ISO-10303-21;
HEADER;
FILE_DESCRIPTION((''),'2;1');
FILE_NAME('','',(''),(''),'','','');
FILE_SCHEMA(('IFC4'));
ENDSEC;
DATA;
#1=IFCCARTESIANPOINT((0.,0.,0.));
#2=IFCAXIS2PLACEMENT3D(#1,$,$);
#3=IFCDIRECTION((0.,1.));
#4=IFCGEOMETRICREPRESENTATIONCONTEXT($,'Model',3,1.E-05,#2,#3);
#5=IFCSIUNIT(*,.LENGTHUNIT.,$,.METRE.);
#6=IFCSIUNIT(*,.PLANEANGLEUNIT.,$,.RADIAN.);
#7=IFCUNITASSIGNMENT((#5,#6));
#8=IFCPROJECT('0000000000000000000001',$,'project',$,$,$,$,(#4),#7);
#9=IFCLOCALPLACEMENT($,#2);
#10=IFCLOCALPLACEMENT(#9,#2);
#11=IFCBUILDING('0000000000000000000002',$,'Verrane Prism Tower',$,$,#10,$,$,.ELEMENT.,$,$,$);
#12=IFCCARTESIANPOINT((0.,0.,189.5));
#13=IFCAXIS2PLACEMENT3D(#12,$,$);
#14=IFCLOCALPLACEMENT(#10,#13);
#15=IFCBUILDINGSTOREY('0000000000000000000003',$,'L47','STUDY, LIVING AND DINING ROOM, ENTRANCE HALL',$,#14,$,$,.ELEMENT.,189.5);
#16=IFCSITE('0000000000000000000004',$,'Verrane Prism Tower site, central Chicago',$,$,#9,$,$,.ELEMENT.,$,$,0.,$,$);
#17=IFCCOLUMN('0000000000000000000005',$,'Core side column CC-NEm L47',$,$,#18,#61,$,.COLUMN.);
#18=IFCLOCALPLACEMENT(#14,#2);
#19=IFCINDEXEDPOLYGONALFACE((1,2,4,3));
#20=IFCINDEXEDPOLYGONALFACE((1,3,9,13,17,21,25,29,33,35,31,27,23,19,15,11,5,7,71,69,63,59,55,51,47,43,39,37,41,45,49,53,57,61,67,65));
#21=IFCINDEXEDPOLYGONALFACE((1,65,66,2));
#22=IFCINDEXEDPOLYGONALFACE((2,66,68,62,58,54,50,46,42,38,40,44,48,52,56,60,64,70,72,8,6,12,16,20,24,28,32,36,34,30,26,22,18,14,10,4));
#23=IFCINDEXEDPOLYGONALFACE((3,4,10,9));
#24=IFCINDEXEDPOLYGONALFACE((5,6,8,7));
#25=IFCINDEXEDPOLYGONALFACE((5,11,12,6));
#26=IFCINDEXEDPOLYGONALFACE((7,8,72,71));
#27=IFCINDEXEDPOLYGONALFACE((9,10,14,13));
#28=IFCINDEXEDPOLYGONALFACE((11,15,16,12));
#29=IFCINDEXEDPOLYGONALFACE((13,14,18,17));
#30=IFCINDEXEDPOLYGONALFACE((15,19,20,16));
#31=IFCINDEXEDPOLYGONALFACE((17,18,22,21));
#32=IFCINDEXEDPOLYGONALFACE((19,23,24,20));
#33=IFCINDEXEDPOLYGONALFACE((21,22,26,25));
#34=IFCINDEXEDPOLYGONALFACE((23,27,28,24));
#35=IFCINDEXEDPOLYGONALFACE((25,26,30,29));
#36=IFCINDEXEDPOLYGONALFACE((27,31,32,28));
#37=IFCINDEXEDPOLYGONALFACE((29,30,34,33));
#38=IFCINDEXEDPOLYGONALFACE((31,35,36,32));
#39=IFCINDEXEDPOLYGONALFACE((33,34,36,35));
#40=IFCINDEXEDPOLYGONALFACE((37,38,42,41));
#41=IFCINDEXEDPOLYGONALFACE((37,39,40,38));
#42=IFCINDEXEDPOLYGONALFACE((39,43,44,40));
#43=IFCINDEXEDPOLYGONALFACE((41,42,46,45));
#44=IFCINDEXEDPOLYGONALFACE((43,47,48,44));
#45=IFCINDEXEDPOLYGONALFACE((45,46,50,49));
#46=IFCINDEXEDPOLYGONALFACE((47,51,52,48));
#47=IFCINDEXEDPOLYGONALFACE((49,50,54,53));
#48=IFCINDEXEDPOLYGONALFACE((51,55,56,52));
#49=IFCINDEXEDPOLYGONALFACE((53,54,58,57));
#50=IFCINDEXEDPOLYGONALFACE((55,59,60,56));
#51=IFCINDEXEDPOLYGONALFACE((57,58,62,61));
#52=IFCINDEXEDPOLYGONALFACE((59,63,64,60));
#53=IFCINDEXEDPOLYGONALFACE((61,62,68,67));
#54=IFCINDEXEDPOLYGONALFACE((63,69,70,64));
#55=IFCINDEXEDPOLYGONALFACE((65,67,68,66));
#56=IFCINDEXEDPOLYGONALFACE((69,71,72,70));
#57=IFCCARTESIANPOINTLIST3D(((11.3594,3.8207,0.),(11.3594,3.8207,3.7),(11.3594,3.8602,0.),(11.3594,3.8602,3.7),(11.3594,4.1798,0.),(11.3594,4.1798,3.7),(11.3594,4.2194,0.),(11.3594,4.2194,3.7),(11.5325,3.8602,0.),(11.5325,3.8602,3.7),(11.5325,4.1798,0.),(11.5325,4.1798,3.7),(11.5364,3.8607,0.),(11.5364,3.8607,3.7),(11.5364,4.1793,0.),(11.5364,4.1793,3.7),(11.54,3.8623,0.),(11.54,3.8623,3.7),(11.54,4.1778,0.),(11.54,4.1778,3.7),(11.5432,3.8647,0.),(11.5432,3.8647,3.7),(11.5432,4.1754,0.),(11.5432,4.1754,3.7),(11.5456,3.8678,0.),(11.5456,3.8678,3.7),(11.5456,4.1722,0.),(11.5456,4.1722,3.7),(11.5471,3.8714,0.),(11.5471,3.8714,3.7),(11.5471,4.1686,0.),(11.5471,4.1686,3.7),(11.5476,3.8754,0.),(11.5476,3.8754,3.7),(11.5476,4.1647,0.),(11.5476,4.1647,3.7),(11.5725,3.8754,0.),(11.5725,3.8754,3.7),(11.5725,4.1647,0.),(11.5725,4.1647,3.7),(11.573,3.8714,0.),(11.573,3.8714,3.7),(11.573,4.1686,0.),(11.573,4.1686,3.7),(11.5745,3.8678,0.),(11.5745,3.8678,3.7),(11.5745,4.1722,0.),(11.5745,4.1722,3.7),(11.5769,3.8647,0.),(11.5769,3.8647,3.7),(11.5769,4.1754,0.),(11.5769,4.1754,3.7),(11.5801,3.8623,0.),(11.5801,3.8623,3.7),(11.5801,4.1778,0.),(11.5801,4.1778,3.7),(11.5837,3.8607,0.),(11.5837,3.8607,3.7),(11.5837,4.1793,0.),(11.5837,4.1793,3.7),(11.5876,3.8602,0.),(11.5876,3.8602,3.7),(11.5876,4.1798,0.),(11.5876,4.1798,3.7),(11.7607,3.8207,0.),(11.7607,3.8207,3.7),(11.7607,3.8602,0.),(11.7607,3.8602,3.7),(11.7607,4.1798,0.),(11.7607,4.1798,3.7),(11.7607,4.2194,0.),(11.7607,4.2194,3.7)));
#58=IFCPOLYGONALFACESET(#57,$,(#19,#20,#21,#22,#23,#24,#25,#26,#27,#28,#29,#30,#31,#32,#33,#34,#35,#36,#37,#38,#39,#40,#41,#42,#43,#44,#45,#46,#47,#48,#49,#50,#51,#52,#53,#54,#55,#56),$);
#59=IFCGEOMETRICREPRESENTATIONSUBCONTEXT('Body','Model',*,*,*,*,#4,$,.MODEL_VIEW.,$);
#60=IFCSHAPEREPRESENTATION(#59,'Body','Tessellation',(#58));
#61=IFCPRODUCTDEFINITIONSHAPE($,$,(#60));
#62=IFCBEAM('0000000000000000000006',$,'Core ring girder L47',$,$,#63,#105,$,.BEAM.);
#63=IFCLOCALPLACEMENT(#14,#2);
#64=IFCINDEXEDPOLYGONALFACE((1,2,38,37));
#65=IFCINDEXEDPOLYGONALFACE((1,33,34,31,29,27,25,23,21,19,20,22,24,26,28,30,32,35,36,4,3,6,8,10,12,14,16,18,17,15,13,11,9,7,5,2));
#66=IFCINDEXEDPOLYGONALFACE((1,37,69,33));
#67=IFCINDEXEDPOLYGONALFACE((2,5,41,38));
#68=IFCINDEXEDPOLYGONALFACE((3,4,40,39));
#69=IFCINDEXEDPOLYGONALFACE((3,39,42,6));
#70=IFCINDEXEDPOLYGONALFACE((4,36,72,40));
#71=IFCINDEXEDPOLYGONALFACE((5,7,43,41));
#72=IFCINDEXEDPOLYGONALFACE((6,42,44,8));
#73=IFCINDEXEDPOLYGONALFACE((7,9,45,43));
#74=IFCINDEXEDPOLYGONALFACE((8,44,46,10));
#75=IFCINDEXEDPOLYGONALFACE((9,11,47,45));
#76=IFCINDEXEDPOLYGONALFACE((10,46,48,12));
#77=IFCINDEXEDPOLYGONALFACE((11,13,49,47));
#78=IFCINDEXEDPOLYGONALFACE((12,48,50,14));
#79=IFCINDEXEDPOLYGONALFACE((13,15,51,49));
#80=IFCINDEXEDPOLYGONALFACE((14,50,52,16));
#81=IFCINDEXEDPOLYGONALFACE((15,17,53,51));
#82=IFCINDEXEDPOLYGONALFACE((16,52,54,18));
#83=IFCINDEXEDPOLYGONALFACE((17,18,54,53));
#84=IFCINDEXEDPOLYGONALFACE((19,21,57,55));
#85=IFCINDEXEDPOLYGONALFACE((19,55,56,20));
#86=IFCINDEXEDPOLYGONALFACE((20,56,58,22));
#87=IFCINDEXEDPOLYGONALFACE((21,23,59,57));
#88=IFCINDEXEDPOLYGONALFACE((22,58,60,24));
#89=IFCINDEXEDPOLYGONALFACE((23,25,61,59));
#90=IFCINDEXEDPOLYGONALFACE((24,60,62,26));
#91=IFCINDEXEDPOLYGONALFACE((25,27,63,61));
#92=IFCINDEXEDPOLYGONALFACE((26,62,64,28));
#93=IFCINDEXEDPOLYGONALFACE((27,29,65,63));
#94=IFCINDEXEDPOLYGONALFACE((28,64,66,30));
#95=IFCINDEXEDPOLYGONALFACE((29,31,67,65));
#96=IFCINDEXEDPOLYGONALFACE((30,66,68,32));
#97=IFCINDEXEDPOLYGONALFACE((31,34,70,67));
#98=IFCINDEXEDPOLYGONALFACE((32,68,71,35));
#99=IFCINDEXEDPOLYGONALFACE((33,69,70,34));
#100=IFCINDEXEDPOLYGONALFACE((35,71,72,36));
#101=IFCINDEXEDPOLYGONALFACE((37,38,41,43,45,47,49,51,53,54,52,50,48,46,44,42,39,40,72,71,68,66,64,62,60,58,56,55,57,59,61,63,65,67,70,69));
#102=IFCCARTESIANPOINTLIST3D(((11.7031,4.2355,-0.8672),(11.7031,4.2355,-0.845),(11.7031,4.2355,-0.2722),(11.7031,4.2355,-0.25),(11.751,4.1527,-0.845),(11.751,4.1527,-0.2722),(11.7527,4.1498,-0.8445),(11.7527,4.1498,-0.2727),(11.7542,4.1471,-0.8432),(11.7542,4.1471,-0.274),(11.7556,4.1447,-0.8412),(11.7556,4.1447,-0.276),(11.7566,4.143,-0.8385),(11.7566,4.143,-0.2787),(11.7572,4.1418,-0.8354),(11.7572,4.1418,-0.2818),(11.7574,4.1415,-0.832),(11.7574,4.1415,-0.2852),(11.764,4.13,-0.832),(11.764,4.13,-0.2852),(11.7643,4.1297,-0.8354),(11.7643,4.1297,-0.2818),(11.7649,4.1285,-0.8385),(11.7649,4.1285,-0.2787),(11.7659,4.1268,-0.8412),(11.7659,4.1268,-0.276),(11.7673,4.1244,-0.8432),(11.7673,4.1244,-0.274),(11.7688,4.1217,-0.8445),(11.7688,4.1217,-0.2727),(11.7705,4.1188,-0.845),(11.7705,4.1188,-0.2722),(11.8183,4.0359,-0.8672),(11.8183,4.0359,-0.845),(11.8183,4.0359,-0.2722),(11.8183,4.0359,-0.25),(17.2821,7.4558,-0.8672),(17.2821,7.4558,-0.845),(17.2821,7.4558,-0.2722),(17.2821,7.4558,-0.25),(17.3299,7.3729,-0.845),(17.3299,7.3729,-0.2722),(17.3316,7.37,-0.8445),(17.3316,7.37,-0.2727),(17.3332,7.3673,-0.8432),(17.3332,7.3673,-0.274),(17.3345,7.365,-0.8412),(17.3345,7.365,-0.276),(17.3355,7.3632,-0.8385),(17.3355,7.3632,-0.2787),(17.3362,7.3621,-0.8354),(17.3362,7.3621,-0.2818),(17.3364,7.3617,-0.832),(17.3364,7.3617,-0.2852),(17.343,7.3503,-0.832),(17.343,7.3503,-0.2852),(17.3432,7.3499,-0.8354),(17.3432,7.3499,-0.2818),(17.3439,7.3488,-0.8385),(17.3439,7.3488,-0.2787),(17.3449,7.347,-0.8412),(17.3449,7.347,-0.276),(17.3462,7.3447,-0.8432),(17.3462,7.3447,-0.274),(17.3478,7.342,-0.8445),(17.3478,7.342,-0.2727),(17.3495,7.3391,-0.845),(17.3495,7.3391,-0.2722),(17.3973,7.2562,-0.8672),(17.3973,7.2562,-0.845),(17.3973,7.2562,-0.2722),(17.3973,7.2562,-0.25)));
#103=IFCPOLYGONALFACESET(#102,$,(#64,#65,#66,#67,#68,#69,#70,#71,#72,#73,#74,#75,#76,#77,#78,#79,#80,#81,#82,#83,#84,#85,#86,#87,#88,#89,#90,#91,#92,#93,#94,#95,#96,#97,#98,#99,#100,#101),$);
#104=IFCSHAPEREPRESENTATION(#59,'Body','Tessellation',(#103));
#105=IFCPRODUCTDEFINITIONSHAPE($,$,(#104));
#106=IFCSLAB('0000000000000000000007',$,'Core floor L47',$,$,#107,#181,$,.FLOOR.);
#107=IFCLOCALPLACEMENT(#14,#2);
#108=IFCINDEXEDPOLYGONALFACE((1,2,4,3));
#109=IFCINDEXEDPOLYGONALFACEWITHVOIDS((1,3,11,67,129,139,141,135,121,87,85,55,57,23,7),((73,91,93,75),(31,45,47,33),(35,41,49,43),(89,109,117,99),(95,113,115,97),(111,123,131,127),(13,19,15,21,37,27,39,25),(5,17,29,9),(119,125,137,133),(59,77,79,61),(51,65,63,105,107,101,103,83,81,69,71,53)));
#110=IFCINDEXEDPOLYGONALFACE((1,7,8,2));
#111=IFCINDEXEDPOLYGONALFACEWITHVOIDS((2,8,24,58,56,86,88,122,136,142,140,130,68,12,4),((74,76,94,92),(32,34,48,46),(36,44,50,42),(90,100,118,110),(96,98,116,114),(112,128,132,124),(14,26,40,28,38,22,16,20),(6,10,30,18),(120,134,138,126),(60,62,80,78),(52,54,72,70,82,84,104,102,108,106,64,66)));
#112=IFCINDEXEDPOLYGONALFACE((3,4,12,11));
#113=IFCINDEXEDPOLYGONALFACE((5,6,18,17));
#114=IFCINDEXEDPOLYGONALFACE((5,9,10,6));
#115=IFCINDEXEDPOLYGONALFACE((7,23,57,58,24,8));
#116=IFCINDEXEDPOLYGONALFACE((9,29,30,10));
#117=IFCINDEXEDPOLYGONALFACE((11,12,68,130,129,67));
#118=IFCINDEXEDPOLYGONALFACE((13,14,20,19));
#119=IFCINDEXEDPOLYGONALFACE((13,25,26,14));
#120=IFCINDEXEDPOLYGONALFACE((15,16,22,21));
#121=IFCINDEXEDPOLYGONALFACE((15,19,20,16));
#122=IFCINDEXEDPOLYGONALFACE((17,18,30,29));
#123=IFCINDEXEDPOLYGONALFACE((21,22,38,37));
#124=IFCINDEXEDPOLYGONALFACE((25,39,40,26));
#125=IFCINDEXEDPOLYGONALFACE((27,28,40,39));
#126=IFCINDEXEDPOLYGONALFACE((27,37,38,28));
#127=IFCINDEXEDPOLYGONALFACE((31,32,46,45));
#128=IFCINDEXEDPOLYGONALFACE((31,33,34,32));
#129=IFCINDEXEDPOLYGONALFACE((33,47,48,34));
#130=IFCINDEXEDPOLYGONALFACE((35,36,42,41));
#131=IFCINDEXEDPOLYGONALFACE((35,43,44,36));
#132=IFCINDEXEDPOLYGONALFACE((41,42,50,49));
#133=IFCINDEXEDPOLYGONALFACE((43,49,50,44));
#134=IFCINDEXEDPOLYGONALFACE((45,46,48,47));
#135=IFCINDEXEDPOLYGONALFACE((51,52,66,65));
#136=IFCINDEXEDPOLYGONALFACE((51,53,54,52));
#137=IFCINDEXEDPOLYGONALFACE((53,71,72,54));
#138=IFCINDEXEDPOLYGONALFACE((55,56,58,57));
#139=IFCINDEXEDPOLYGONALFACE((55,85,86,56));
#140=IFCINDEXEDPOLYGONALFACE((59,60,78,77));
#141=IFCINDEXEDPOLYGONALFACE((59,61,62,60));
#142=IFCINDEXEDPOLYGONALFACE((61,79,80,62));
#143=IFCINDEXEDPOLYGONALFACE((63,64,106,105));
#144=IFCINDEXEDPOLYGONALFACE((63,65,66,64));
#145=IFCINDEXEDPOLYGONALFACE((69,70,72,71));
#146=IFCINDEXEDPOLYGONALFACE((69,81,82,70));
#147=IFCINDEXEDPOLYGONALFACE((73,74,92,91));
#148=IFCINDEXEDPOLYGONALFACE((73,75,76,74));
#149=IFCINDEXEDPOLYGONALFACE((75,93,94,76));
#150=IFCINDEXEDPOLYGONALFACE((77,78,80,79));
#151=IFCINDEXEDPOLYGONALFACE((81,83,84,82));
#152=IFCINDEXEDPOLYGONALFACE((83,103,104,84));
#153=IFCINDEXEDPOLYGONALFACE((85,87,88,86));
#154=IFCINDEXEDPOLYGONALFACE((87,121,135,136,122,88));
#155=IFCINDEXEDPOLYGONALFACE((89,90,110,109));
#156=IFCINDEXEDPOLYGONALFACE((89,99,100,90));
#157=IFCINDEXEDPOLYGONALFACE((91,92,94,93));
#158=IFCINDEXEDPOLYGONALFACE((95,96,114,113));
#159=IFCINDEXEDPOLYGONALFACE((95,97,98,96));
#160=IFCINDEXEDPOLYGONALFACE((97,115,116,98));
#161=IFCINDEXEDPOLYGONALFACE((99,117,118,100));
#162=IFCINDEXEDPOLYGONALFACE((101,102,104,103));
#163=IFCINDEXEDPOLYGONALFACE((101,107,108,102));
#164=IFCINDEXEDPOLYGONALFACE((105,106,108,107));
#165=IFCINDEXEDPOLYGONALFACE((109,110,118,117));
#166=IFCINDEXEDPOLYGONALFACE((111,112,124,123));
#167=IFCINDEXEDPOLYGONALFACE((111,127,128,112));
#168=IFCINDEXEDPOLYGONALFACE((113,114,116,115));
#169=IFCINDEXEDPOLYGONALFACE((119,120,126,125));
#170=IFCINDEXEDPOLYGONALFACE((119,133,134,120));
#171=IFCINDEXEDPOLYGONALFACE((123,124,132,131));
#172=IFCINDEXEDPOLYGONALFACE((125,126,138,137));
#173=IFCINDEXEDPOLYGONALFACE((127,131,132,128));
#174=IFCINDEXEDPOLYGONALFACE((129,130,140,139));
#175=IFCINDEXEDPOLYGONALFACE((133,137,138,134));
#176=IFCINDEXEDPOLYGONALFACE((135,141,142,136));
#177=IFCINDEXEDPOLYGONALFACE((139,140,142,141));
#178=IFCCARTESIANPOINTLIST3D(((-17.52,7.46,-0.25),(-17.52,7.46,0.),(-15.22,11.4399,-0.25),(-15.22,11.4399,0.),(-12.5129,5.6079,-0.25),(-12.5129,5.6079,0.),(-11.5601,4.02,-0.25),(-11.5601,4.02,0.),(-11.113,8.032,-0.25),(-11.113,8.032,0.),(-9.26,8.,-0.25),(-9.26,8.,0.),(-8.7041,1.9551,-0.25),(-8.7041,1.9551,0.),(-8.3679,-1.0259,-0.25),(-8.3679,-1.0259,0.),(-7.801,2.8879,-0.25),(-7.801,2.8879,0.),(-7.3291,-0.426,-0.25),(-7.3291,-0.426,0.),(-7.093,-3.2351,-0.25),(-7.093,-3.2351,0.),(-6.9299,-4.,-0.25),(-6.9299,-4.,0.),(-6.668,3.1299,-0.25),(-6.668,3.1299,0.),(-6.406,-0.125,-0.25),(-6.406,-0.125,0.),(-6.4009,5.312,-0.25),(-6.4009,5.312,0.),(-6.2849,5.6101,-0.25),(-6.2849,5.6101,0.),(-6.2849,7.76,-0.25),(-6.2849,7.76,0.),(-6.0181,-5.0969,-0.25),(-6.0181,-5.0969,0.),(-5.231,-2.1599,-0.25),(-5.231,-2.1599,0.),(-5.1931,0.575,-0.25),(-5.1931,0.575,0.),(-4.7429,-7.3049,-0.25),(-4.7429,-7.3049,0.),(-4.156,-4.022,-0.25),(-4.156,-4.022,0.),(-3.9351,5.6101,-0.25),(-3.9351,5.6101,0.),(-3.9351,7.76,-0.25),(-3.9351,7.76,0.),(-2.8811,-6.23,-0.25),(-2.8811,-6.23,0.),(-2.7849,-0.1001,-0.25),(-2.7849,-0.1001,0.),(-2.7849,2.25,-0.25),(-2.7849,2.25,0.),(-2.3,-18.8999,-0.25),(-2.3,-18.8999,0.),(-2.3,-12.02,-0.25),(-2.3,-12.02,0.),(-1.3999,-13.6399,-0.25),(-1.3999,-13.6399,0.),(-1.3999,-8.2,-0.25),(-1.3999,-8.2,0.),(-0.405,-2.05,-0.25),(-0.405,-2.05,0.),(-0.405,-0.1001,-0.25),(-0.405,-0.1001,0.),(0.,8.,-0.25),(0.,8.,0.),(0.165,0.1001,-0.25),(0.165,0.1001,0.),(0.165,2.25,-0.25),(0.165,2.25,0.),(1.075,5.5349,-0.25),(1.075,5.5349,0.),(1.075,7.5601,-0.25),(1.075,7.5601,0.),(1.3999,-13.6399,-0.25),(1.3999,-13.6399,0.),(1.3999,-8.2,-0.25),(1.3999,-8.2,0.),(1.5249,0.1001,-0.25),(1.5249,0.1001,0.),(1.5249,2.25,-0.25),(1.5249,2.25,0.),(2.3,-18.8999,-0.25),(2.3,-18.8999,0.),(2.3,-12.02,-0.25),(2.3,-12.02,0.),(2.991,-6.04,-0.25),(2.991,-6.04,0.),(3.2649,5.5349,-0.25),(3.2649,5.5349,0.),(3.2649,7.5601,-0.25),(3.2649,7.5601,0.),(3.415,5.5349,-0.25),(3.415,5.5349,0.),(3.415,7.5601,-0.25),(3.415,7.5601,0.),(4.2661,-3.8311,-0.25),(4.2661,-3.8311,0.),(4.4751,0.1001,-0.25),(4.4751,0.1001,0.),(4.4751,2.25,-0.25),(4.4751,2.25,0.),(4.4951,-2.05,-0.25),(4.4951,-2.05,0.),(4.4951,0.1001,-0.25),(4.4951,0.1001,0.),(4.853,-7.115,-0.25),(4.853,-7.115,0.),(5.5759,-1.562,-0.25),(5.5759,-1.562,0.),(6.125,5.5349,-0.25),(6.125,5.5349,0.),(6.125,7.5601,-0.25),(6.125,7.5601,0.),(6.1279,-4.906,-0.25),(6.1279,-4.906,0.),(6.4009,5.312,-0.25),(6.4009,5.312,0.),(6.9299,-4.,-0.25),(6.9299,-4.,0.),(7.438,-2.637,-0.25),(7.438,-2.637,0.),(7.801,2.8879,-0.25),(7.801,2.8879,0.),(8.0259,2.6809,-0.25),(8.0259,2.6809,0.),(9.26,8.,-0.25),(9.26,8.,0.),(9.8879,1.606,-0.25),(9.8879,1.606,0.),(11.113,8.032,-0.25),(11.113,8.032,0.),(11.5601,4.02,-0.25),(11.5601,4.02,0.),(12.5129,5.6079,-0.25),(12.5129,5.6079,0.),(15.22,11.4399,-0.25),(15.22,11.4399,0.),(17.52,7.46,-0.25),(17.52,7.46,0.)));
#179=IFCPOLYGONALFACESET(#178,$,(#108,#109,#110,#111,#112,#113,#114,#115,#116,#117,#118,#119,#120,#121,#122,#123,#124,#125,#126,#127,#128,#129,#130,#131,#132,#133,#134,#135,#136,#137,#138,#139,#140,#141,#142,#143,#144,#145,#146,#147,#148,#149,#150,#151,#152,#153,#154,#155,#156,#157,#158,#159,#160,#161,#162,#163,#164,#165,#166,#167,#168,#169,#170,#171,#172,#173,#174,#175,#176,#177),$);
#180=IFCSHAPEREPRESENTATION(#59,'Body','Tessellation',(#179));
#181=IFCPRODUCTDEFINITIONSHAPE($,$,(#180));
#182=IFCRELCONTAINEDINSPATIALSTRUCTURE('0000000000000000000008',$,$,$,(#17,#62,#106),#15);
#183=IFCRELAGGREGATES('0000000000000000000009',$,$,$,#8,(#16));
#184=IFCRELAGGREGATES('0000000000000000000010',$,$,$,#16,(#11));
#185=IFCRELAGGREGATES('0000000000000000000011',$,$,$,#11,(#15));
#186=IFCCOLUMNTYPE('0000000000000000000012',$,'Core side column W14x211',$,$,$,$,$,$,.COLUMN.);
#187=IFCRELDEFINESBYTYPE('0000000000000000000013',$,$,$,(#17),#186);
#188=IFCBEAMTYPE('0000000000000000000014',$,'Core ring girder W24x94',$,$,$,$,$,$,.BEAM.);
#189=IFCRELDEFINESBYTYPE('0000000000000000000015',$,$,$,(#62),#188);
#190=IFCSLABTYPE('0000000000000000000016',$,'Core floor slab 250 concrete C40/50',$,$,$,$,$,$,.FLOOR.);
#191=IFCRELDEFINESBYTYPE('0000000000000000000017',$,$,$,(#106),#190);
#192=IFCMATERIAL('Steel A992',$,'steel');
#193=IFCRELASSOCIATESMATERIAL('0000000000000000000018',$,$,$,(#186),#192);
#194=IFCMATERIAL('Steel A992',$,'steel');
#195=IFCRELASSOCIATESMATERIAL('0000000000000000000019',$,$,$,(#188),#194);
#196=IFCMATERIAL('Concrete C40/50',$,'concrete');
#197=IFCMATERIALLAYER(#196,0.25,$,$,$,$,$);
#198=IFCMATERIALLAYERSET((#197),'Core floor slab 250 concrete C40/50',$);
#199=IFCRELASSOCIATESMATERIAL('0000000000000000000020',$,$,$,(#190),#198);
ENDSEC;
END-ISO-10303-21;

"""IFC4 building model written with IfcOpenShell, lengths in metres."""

from ifc_helpers import new_model, si_unit, direction, frame, origin, origin_2d, place, context, subcontext, project, spatial, polyline, i_section, outline, extrude, material, layer, layer_set, material_profile, profile_set, type_object, element, save


model = new_model("IFC4")

# Units and contexts
model_context = context("Model", 3, precision=1e-05, world=origin(), true_north=direction((0.0, 1.0)))
body_context = subcontext(model_context, "Body", "Model", "MODEL_VIEW")
ifc_project = project(units=[si_unit("LENGTHUNIT", "METRE"), si_unit("PLANEANGLEUNIT", "RADIAN")], contexts=[model_context])

# Site, building, storey
site_placement = place(None, origin())
site = spatial("IfcSite", under=ifc_project, at=site_placement, Name="Verrane Prism Tower site, central Chicago", CompositionType="ELEMENT", RefElevation=0.0)
building_placement = place(site_placement, origin())
building = spatial("IfcBuilding", under=site, at=building_placement, Name="Verrane Prism Tower", CompositionType="ELEMENT")
storey_placement = place(building_placement, frame((0.0, 0.0, 189.5)))
storey = spatial("IfcBuildingStorey", under=building, at=storey_placement, Name="L47", Description="STUDY, LIVING AND DINING ROOM, ENTRANCE HALL", CompositionType="ELEMENT", Elevation=189.5)

# Column
ifc_material_1 = material(Name="Steel A992", Category="steel")
ifc_material_profile_1 = material_profile(ifc_material_1, i_section(OverallWidth=0.4014, OverallDepth=0.3987, WebThickness=0.0249, FlangeThickness=0.0396, FilletRadius=0.0151, at=origin_2d()), Name="W14x211")
ifc_profile_set_1 = profile_set([ifc_material_profile_1], Name="Steel A992")
column_type = type_object("IfcColumnType", Name="Core side column W14x211", PredefinedType="COLUMN", material=ifc_profile_set_1)
column_placement = place(storey_placement, frame((11.5601, 4.02, 0.0), z_axis=(0.0, 0.0, 1.0), x_axis=(1.0, 0.0, 0.0)))
element("IfcColumn", 1, at=column_placement, inside=storey, type_object=column_type, Name="Core side column CC-NEm L47", PredefinedType="COLUMN", context=body_context, shape_type="SweptSolid", body=[
    extrude(i_section(OverallWidth=0.4014, OverallDepth=0.3987, WebThickness=0.0249, FlangeThickness=0.0396, FilletRadius=0.0151, at=origin_2d()), origin(), (0.0, 0.0, 1.0), 3.7),
])

# Beam
ifc_material_2 = material(Name="Steel A992", Category="steel")
ifc_material_profile_2 = material_profile(ifc_material_2, i_section(OverallWidth=0.2305, OverallDepth=0.6172, WebThickness=0.0132, FlangeThickness=0.0222, FilletRadius=0.0129, at=origin_2d()), Name="W24x94")
ifc_profile_set_2 = profile_set([ifc_material_profile_2], Name="Steel A992")
beam_type = type_object("IfcBeamType", Name="Core ring girder W24x94", PredefinedType="BEAM", material=ifc_profile_set_2)
beam_placement = place(storey_placement, frame((11.7607, 4.1357, -0.5586), z_axis=(0.866075, 0.499914, 0.0), x_axis=(-0.499914, 0.866075, 0.0)))
element("IfcBeam", 2, at=beam_placement, inside=storey, type_object=beam_type, Name="Core ring girder L47", PredefinedType="BEAM", context=body_context, shape_type="SweptSolid", body=[
    extrude(i_section(OverallWidth=0.2305, OverallDepth=0.6172, WebThickness=0.0132, FlangeThickness=0.0222, FilletRadius=0.0129, at=origin_2d()), origin(), (0.0, 0.0, 1.0), 6.4417),
])

# Slab
ifc_material_3 = material(Name="Concrete C40/50", Category="concrete")
ifc_layer_1 = layer(ifc_material_3, 0.25)
ifc_layer_set_1 = layer_set([ifc_layer_1], Name="Core floor slab 250 concrete C40/50")
slab_type_1 = type_object("IfcSlabType", Name="Core floor slab 250 concrete C40/50", PredefinedType="FLOOR", material=ifc_layer_set_1)
slab_1_placement = place(storey_placement, frame((0.0, 0.0, -0.25)))
element("IfcSlab", 3, at=slab_1_placement, inside=storey, type_object=slab_type_1, Name="Core floor L47", PredefinedType="FLOOR", context=body_context, shape_type="SweptSolid", body=[
    extrude(outline(polyline([(11.5601, 4.02), (17.52, 7.46), (15.22, 11.4399), (9.26, 8.0), (0.0, 8.0), (-9.26, 8.0), (-15.22, 11.4399), (-17.52, 7.46), (-11.5601, 4.02), (-6.9299, -4.0), (-2.3, -12.02), (-2.3, -18.8999), (2.3, -18.8999), (2.3, -12.02), (6.9299, -4.0), (11.5601, 4.02)]), holes=[polyline([(1.3999, -8.2), (1.3999, -13.6399), (-1.3999, -13.6399), (-1.3999, -8.2), (1.3999, -8.2)]), polyline([(-2.8811, -6.23), (-4.7429, -7.3049), (-6.0181, -5.0969), (-4.156, -4.022), (-2.8811, -6.23)]), polyline([(-7.801, 2.8879), (-12.5129, 5.6079), (-11.113, 8.032), (-6.4009, 5.312), (-7.801, 2.8879)]), polyline([(-6.2849, 5.6101), (-6.2849, 7.76), (-3.9351, 7.76), (-3.9351, 5.6101), (-6.2849, 5.6101)]), polyline([(4.2661, -3.8311), (6.1279, -4.906), (4.853, -7.115), (2.991, -6.04), (4.2661, -3.8311)]), polyline([(7.438, -2.637), (5.5759, -1.562), (8.0259, 2.6809), (9.8879, 1.606), (7.438, -2.637)]), polyline([(0.165, 0.1001), (1.5249, 0.1001), (1.5249, 2.25), (4.4751, 2.25), (4.4751, 0.1001), (4.4951, 0.1001), (4.4951, -2.05), (-0.405, -2.05), (-0.405, -0.1001), (-2.7849, -0.1001), (-2.7849, 2.25), (0.165, 2.25), (0.165, 0.1001)]), polyline([(6.4009, 5.312), (11.113, 8.032), (12.5129, 5.6079), (7.801, 2.8879), (6.4009, 5.312)]), polyline([(1.075, 5.5349), (1.075, 7.5601), (3.2649, 7.5601), (3.2649, 5.5349), (1.075, 5.5349)]), polyline([(3.415, 7.5601), (6.125, 7.5601), (6.125, 5.5349), (3.415, 5.5349), (3.415, 7.5601)]), polyline([(-5.231, -2.1599), (-7.093, -3.2351), (-8.3679, -1.0259), (-7.3291, -0.426), (-8.7041, 1.9551), (-6.668, 3.1299), (-5.1931, 0.575), (-6.406, -0.125), (-5.231, -2.1599)])]), origin(), (0.0, 0.0, 1.0), 0.25),
])

save(model, "model.ifc")
